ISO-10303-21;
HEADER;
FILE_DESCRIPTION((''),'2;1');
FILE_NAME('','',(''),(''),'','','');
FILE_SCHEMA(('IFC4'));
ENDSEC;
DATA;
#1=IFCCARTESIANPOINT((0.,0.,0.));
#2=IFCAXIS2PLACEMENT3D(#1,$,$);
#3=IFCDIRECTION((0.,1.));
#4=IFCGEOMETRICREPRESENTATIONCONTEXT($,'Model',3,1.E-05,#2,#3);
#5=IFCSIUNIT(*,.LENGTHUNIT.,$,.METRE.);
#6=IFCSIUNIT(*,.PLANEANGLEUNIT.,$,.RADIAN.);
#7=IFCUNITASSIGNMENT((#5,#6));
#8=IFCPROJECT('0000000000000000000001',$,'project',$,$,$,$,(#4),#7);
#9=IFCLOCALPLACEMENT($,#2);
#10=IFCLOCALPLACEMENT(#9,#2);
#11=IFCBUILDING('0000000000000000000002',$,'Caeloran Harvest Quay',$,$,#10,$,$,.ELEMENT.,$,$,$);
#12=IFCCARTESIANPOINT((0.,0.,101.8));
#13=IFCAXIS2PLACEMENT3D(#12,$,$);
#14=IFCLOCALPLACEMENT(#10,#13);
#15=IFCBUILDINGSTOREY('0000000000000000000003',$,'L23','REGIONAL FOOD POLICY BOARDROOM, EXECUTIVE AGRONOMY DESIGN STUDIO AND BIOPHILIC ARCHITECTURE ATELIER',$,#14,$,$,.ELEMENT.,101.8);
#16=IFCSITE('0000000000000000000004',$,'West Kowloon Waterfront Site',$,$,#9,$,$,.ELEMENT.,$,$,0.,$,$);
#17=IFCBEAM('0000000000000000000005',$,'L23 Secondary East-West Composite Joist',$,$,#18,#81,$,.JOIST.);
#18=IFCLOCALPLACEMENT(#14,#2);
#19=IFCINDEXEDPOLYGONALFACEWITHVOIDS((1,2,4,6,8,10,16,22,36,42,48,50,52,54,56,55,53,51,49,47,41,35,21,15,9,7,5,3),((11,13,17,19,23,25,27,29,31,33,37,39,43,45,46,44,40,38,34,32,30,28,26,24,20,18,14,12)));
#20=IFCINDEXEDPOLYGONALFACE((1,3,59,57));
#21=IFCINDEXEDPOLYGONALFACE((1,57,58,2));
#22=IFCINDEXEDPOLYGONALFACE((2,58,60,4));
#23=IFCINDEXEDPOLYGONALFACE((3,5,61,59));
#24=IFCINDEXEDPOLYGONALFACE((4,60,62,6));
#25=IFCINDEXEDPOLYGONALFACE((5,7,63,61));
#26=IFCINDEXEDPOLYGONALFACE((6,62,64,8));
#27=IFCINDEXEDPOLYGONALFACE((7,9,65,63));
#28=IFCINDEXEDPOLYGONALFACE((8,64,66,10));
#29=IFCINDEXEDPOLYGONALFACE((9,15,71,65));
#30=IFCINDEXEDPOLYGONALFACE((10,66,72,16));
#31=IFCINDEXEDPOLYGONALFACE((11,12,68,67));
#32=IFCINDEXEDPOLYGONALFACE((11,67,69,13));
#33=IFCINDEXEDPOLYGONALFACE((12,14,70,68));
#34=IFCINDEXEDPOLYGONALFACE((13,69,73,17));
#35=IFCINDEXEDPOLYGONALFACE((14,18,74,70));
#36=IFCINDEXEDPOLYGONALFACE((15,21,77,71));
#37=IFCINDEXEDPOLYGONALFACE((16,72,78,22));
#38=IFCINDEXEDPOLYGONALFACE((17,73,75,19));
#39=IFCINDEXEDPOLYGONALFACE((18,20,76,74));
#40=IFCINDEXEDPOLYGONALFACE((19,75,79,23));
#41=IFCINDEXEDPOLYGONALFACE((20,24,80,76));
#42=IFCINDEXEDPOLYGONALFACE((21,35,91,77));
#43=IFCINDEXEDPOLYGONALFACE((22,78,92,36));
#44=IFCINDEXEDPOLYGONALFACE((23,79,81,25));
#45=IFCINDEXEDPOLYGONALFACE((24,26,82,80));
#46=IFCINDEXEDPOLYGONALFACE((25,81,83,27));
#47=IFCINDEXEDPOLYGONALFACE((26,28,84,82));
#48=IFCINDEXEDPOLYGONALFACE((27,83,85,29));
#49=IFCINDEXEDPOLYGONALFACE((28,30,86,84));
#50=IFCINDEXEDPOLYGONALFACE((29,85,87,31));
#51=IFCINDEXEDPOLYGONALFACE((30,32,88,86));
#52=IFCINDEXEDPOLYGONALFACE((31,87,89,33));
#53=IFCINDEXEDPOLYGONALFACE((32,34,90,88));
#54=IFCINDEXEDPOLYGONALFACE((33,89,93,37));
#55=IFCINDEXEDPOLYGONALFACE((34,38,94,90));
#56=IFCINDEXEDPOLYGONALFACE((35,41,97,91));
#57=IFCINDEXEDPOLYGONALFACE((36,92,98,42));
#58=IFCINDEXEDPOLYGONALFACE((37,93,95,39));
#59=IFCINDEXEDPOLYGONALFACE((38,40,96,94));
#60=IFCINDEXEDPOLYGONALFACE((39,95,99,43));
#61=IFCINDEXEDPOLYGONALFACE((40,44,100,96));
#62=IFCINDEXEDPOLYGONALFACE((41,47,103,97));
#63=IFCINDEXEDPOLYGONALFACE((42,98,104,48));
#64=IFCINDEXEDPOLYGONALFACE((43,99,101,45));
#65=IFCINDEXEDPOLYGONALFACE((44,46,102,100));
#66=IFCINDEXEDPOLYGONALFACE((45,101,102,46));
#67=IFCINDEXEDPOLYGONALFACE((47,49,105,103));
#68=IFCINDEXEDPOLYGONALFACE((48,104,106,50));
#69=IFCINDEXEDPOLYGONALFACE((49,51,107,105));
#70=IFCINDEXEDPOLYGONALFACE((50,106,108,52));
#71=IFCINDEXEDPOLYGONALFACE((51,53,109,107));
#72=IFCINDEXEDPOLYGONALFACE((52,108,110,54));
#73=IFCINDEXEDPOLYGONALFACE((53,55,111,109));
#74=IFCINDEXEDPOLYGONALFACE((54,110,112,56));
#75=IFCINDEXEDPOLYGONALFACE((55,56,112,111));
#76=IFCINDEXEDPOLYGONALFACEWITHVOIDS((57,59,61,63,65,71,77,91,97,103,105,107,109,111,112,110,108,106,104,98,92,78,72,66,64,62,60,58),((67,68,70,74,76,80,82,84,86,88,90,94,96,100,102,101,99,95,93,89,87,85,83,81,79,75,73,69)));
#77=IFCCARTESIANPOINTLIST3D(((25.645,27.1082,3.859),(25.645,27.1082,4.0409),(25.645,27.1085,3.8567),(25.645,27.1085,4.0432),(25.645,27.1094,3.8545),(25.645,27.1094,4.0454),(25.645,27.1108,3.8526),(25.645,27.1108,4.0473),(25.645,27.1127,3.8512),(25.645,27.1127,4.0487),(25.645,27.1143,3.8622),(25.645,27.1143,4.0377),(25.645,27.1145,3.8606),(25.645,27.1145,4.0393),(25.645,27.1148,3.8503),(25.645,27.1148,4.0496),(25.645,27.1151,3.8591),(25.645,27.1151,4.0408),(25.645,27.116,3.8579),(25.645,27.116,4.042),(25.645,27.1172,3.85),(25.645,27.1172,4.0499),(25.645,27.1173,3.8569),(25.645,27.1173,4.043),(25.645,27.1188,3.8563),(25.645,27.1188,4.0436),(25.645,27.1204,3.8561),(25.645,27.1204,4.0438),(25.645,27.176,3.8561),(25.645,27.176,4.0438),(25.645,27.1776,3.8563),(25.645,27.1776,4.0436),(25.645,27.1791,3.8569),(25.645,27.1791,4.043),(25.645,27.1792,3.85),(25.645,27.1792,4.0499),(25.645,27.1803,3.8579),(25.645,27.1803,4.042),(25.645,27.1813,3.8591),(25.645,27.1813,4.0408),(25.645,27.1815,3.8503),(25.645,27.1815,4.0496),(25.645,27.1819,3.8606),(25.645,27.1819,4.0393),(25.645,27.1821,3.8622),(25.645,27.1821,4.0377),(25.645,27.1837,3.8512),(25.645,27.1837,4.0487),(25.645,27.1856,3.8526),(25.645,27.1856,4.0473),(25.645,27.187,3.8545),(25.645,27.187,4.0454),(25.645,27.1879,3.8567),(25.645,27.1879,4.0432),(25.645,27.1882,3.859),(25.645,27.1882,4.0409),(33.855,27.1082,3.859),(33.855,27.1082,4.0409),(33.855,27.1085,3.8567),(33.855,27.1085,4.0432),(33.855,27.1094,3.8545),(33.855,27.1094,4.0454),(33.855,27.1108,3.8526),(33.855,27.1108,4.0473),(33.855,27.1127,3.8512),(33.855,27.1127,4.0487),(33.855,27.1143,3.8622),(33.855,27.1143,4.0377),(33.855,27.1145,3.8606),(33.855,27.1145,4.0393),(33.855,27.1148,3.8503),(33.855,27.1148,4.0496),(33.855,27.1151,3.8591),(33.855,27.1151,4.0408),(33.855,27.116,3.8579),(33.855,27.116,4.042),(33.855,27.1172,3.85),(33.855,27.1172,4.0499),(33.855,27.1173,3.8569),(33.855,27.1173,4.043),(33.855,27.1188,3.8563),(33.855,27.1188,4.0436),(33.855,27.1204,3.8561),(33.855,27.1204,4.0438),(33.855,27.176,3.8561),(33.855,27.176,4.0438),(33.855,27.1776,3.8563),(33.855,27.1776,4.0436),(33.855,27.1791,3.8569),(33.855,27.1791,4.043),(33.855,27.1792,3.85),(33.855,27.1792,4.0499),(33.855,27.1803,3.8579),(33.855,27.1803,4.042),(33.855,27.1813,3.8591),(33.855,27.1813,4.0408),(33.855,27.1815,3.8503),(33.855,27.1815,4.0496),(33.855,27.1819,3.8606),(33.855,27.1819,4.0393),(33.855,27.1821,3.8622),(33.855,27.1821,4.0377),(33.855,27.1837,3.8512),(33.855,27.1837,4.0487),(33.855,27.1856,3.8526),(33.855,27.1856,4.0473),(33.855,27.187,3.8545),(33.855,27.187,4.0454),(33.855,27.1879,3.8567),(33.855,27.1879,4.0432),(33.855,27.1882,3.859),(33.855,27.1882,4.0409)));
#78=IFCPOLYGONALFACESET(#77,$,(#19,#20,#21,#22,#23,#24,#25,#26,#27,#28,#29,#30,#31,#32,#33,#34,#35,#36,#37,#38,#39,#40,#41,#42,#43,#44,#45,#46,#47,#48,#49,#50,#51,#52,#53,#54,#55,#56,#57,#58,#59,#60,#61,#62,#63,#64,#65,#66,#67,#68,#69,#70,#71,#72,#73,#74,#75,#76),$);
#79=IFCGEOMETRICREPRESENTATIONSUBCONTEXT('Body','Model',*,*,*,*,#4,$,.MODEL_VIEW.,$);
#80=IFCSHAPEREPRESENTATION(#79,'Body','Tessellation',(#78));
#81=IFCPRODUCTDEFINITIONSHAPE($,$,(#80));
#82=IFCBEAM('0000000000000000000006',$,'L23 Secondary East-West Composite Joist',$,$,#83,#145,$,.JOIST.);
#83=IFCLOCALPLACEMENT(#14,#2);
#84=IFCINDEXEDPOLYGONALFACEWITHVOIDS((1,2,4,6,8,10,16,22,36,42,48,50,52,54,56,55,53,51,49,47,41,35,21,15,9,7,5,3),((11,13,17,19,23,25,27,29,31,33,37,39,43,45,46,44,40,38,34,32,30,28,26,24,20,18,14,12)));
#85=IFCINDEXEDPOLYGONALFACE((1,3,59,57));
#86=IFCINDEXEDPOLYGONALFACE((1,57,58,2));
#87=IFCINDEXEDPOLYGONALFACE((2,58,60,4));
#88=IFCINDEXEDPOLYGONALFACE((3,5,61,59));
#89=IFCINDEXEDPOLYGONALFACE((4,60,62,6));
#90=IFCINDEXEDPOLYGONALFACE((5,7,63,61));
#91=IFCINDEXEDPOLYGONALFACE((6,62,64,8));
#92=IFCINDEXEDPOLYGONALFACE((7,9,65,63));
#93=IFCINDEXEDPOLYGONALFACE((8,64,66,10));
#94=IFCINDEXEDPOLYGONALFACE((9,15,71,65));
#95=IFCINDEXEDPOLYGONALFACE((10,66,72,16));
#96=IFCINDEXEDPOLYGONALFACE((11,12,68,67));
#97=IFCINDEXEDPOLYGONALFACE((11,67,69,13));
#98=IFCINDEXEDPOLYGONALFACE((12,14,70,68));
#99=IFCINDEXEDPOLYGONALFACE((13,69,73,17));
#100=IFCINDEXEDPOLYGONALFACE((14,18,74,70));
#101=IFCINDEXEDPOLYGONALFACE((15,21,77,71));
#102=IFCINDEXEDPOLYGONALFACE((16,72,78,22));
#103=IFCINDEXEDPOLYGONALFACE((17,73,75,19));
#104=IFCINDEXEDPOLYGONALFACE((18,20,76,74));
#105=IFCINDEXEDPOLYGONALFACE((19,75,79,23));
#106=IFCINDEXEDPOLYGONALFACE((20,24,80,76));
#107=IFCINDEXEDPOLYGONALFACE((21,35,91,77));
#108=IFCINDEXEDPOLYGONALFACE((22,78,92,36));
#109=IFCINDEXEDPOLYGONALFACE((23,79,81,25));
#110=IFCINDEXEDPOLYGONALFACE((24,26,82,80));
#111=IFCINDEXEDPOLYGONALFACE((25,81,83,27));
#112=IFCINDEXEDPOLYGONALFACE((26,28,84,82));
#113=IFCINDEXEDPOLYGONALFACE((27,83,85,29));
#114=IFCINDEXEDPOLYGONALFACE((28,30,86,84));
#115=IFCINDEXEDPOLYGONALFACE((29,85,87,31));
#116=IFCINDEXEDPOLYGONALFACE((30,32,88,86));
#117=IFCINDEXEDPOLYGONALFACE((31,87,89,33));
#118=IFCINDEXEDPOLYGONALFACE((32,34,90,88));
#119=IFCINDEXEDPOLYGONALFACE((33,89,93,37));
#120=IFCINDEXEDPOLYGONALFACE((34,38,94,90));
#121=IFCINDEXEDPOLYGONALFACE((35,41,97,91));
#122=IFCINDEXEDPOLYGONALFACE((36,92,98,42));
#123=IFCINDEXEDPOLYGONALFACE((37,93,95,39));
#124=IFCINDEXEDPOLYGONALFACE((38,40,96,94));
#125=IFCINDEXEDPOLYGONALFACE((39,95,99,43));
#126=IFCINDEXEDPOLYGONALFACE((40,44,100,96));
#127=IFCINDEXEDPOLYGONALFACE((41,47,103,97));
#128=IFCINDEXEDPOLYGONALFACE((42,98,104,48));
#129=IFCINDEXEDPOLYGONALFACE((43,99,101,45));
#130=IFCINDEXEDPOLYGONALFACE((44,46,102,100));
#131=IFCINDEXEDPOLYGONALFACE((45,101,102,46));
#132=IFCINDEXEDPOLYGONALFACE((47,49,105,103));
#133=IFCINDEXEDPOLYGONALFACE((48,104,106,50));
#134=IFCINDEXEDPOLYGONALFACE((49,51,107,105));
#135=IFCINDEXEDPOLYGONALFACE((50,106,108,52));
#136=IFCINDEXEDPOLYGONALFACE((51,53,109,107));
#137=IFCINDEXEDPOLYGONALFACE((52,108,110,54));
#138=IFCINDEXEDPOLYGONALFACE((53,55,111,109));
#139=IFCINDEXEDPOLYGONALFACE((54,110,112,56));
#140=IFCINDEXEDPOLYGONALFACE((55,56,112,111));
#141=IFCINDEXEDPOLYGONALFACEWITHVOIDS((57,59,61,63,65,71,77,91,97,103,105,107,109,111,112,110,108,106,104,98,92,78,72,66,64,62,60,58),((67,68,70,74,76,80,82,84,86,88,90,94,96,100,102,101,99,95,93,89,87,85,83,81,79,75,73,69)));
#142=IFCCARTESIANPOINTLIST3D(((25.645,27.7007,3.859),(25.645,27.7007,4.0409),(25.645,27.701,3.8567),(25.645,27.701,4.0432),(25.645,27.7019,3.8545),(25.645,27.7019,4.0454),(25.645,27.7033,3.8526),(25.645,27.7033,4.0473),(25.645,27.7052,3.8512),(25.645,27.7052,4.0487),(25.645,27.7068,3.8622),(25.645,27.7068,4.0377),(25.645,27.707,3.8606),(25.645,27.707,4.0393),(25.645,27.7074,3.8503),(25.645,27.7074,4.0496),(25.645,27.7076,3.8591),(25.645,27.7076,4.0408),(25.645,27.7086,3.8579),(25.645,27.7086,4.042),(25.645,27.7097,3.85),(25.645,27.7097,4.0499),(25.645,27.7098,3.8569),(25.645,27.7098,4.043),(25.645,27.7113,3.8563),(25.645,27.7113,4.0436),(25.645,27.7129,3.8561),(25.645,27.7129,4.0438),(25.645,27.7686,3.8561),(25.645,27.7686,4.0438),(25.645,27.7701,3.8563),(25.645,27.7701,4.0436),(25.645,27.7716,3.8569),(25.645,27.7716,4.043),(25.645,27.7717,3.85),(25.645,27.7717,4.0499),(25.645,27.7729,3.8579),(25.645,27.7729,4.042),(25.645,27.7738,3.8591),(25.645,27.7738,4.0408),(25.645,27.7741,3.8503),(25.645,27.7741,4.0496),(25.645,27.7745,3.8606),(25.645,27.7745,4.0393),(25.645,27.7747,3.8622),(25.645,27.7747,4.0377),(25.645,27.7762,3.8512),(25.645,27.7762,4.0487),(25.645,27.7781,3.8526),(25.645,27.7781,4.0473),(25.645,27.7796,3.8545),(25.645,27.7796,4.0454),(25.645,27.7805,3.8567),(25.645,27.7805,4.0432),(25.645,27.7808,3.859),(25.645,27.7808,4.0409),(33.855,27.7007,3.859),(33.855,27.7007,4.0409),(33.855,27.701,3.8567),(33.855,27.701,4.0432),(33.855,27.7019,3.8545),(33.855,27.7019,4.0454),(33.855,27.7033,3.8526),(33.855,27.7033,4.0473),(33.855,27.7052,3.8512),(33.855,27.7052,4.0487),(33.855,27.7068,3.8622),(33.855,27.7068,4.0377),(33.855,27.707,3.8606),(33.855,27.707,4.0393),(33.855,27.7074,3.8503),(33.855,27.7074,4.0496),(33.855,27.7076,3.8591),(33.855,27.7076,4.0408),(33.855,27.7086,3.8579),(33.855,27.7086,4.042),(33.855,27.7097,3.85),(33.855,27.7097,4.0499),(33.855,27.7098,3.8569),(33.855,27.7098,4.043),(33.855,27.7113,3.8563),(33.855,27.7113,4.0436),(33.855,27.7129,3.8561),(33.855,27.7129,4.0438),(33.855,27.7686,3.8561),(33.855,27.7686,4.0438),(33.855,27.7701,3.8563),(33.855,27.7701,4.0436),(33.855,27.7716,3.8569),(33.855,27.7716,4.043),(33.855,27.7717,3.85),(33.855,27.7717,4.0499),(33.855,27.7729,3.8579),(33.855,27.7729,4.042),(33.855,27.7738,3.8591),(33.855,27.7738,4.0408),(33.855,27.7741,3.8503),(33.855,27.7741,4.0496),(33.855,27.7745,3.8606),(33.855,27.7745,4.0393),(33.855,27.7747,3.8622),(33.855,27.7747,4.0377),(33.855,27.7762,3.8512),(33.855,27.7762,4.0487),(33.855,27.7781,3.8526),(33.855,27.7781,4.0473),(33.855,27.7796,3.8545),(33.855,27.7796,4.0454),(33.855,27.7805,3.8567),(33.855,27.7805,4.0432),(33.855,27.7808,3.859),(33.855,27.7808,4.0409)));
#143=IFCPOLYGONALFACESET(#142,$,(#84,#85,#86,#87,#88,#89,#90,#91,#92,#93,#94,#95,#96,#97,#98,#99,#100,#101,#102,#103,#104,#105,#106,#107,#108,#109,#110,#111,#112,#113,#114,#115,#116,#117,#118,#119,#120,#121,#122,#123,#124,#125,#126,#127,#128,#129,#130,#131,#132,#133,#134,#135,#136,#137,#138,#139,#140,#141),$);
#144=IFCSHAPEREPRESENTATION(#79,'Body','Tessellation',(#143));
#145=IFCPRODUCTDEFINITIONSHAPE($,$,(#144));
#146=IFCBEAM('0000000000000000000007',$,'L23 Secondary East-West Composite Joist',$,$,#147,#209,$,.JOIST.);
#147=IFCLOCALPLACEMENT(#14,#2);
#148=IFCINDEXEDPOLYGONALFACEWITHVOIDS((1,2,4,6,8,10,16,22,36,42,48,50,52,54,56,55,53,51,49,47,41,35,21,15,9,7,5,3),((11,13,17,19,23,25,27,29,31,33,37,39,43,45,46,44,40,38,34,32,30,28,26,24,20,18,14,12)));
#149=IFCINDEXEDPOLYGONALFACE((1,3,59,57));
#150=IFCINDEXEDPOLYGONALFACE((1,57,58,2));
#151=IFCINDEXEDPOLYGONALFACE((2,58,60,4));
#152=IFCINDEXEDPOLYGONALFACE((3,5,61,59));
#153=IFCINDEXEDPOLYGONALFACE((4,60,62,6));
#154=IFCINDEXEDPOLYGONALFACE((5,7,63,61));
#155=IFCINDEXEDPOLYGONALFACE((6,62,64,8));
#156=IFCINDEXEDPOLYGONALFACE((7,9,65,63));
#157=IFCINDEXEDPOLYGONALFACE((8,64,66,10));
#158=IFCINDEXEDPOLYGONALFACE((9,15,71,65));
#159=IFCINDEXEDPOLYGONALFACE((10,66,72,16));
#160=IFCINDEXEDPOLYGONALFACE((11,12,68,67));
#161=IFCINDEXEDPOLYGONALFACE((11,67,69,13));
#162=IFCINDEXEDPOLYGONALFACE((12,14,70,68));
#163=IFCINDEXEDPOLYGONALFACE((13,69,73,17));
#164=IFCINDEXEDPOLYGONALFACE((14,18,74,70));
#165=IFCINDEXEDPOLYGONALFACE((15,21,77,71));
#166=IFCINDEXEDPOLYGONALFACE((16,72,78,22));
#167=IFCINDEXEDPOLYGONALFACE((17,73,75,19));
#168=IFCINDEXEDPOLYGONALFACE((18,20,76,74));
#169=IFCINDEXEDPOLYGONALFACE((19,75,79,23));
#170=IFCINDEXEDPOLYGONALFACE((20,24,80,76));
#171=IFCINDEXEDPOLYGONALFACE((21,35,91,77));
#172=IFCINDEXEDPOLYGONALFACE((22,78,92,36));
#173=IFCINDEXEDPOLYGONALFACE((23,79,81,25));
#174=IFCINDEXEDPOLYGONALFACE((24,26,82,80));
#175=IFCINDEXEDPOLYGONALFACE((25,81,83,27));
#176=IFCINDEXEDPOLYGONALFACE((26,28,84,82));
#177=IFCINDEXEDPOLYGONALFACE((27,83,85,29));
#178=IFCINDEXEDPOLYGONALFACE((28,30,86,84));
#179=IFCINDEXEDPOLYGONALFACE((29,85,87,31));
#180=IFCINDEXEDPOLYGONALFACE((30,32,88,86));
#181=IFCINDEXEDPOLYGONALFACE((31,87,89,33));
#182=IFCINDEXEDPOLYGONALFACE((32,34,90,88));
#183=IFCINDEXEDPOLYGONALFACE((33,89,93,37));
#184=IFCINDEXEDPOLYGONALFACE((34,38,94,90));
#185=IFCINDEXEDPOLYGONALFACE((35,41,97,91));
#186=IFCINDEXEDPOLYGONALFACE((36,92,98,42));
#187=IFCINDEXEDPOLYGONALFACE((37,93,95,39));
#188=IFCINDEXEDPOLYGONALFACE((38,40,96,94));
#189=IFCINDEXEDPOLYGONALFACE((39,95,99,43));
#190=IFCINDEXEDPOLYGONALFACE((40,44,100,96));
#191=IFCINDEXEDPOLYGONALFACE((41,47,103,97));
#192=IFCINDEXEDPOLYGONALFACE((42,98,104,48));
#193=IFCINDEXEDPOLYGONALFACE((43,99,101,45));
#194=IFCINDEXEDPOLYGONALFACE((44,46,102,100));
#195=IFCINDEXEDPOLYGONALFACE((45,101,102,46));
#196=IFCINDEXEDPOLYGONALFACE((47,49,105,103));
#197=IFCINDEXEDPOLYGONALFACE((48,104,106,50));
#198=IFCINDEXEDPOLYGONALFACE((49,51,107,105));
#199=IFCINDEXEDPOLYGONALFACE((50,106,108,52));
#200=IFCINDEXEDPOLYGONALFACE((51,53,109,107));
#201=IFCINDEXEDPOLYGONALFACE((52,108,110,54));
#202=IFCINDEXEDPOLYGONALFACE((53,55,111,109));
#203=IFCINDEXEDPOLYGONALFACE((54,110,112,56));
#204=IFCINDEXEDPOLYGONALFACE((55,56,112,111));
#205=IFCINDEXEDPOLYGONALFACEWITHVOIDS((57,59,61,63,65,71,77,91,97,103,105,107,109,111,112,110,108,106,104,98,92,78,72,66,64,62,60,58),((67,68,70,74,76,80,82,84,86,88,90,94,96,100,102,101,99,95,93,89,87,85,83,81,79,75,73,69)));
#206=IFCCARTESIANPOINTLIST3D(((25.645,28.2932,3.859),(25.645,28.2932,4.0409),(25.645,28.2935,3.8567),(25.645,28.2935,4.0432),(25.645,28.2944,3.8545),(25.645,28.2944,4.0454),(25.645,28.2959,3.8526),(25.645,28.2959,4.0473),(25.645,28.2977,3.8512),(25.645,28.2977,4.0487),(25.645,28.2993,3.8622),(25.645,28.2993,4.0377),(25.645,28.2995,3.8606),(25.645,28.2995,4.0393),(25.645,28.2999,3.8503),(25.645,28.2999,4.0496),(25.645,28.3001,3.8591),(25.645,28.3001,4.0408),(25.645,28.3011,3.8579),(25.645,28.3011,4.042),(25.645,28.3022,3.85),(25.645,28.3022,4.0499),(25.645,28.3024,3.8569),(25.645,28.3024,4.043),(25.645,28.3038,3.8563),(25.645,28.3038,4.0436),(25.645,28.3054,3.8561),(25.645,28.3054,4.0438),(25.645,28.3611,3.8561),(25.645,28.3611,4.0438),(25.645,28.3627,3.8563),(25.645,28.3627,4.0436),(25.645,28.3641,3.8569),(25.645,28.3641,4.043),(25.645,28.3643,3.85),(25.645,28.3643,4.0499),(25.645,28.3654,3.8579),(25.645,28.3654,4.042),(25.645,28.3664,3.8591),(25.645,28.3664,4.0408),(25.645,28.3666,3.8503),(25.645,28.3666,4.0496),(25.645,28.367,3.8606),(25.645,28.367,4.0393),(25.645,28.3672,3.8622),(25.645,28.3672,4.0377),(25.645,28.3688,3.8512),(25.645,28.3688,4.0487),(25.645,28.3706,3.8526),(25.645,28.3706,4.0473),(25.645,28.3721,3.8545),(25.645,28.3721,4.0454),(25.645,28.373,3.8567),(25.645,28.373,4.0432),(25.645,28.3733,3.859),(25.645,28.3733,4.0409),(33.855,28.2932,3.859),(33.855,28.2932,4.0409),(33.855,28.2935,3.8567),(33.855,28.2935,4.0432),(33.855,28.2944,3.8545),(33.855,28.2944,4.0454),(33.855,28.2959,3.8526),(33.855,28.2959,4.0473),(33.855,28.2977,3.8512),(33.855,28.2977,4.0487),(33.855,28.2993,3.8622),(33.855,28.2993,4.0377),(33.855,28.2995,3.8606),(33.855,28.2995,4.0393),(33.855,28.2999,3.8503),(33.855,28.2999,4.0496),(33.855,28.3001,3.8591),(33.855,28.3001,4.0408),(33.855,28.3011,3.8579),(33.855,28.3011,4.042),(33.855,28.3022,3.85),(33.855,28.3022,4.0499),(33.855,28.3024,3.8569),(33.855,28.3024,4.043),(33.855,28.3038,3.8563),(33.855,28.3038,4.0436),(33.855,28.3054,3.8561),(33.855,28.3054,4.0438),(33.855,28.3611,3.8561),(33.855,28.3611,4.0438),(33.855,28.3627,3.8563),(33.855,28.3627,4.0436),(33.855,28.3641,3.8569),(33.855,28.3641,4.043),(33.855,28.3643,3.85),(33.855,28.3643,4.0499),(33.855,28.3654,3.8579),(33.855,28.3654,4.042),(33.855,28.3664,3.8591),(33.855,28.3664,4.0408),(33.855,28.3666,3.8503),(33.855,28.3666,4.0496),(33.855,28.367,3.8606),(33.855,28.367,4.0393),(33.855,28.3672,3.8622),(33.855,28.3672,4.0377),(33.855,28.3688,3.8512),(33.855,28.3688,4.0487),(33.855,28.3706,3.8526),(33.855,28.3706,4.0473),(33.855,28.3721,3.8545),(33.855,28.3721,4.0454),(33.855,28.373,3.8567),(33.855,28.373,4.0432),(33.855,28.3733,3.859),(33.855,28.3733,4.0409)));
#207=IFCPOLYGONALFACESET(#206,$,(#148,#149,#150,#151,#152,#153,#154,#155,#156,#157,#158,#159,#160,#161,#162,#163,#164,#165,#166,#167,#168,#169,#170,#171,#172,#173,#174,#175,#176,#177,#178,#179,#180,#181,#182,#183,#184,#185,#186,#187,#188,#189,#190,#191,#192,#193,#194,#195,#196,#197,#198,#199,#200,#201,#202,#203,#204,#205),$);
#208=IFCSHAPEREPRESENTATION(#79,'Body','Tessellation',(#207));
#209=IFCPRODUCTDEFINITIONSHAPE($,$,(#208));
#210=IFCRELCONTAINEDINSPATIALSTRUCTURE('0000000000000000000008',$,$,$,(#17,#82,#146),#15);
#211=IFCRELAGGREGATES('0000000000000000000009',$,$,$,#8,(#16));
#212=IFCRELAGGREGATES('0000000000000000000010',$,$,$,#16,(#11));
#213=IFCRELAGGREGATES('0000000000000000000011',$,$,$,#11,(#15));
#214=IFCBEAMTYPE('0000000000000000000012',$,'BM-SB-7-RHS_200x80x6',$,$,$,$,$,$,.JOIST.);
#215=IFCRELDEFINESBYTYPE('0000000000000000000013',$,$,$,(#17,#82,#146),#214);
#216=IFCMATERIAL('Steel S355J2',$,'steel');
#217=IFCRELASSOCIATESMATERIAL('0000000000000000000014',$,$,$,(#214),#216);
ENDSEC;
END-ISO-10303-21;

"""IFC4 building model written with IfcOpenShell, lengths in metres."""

from ifc_helpers import new_model, si_unit, direction, frame, origin, origin_2d, place, context, subcontext, project, spatial, hollow_rectangle, extrude, material, material_profile, profile_set, type_object, element, save


model = new_model("IFC4")

# Units and contexts
model_context = context("Model", 3, precision=1e-05, world=origin(), true_north=direction((0.0, 1.0)))
body_context = subcontext(model_context, "Body", "Model", "MODEL_VIEW")
ifc_project = project(units=[si_unit("LENGTHUNIT", "METRE"), si_unit("PLANEANGLEUNIT", "RADIAN")], contexts=[model_context])

# Site, building, storey
site_placement = place(None, origin())
site = spatial("IfcSite", under=ifc_project, at=site_placement, Name="West Kowloon Waterfront Site", CompositionType="ELEMENT", RefElevation=0.0)
building_placement = place(site_placement, origin())
building = spatial("IfcBuilding", under=site, at=building_placement, Name="Caeloran Harvest Quay", CompositionType="ELEMENT")
storey_placement = place(building_placement, frame((0.0, 0.0, 101.8)))
storey = spatial("IfcBuildingStorey", under=building, at=storey_placement, Name="L23", Description="REGIONAL FOOD POLICY BOARDROOM, EXECUTIVE AGRONOMY DESIGN STUDIO AND BIOPHILIC ARCHITECTURE ATELIER", CompositionType="ELEMENT", Elevation=101.8)

# Beams
ifc_material_1 = material(Name="Steel S355J2", Category="steel")
ifc_material_profile_1 = material_profile(ifc_material_1, hollow_rectangle(XDim=0.0801, YDim=0.2, WallThickness=0.0061, InnerFilletRadius=0.0061, OuterFilletRadius=0.009, at=origin_2d()), Name="RHS 200x80x6")
ifc_profile_set_1 = profile_set([ifc_material_profile_1], Name="Steel S355J2")
beam_type_1 = type_object("IfcBeamType", Name="BM-SB-7-RHS_200x80x6", PredefinedType="JOIST", material=ifc_profile_set_1)
for number, where, z_axis, x_axis, name in (
    (1, (25.645, 27.1482, 3.95), (1.0, 0.0, 0.0), (0.0, 1.0, 0.0), "L23 Secondary East-West Composite Joist"),
    (2, (25.645, 27.7407, 3.95), (1.0, 0.0, 0.0), (0.0, 1.0, 0.0), "L23 Secondary East-West Composite Joist"),
    (3, (25.645, 28.3333, 3.95), (1.0, 0.0, 0.0), (0.0, 1.0, 0.0), "L23 Secondary East-West Composite Joist"),
):
    element("IfcBeam", number, at=place(storey_placement, frame(where, z_axis=z_axis, x_axis=x_axis)), inside=storey, type_object=beam_type_1, Name=name, PredefinedType="JOIST", context=body_context, shape_type="SweptSolid", body=[
        extrude(hollow_rectangle(XDim=0.0801, YDim=0.2, WallThickness=0.0061, InnerFilletRadius=0.0061, OuterFilletRadius=0.009, at=origin_2d()), origin(), (0.0, 0.0, 1.0), 8.21),
    ])

save(model, "model.ifc")
